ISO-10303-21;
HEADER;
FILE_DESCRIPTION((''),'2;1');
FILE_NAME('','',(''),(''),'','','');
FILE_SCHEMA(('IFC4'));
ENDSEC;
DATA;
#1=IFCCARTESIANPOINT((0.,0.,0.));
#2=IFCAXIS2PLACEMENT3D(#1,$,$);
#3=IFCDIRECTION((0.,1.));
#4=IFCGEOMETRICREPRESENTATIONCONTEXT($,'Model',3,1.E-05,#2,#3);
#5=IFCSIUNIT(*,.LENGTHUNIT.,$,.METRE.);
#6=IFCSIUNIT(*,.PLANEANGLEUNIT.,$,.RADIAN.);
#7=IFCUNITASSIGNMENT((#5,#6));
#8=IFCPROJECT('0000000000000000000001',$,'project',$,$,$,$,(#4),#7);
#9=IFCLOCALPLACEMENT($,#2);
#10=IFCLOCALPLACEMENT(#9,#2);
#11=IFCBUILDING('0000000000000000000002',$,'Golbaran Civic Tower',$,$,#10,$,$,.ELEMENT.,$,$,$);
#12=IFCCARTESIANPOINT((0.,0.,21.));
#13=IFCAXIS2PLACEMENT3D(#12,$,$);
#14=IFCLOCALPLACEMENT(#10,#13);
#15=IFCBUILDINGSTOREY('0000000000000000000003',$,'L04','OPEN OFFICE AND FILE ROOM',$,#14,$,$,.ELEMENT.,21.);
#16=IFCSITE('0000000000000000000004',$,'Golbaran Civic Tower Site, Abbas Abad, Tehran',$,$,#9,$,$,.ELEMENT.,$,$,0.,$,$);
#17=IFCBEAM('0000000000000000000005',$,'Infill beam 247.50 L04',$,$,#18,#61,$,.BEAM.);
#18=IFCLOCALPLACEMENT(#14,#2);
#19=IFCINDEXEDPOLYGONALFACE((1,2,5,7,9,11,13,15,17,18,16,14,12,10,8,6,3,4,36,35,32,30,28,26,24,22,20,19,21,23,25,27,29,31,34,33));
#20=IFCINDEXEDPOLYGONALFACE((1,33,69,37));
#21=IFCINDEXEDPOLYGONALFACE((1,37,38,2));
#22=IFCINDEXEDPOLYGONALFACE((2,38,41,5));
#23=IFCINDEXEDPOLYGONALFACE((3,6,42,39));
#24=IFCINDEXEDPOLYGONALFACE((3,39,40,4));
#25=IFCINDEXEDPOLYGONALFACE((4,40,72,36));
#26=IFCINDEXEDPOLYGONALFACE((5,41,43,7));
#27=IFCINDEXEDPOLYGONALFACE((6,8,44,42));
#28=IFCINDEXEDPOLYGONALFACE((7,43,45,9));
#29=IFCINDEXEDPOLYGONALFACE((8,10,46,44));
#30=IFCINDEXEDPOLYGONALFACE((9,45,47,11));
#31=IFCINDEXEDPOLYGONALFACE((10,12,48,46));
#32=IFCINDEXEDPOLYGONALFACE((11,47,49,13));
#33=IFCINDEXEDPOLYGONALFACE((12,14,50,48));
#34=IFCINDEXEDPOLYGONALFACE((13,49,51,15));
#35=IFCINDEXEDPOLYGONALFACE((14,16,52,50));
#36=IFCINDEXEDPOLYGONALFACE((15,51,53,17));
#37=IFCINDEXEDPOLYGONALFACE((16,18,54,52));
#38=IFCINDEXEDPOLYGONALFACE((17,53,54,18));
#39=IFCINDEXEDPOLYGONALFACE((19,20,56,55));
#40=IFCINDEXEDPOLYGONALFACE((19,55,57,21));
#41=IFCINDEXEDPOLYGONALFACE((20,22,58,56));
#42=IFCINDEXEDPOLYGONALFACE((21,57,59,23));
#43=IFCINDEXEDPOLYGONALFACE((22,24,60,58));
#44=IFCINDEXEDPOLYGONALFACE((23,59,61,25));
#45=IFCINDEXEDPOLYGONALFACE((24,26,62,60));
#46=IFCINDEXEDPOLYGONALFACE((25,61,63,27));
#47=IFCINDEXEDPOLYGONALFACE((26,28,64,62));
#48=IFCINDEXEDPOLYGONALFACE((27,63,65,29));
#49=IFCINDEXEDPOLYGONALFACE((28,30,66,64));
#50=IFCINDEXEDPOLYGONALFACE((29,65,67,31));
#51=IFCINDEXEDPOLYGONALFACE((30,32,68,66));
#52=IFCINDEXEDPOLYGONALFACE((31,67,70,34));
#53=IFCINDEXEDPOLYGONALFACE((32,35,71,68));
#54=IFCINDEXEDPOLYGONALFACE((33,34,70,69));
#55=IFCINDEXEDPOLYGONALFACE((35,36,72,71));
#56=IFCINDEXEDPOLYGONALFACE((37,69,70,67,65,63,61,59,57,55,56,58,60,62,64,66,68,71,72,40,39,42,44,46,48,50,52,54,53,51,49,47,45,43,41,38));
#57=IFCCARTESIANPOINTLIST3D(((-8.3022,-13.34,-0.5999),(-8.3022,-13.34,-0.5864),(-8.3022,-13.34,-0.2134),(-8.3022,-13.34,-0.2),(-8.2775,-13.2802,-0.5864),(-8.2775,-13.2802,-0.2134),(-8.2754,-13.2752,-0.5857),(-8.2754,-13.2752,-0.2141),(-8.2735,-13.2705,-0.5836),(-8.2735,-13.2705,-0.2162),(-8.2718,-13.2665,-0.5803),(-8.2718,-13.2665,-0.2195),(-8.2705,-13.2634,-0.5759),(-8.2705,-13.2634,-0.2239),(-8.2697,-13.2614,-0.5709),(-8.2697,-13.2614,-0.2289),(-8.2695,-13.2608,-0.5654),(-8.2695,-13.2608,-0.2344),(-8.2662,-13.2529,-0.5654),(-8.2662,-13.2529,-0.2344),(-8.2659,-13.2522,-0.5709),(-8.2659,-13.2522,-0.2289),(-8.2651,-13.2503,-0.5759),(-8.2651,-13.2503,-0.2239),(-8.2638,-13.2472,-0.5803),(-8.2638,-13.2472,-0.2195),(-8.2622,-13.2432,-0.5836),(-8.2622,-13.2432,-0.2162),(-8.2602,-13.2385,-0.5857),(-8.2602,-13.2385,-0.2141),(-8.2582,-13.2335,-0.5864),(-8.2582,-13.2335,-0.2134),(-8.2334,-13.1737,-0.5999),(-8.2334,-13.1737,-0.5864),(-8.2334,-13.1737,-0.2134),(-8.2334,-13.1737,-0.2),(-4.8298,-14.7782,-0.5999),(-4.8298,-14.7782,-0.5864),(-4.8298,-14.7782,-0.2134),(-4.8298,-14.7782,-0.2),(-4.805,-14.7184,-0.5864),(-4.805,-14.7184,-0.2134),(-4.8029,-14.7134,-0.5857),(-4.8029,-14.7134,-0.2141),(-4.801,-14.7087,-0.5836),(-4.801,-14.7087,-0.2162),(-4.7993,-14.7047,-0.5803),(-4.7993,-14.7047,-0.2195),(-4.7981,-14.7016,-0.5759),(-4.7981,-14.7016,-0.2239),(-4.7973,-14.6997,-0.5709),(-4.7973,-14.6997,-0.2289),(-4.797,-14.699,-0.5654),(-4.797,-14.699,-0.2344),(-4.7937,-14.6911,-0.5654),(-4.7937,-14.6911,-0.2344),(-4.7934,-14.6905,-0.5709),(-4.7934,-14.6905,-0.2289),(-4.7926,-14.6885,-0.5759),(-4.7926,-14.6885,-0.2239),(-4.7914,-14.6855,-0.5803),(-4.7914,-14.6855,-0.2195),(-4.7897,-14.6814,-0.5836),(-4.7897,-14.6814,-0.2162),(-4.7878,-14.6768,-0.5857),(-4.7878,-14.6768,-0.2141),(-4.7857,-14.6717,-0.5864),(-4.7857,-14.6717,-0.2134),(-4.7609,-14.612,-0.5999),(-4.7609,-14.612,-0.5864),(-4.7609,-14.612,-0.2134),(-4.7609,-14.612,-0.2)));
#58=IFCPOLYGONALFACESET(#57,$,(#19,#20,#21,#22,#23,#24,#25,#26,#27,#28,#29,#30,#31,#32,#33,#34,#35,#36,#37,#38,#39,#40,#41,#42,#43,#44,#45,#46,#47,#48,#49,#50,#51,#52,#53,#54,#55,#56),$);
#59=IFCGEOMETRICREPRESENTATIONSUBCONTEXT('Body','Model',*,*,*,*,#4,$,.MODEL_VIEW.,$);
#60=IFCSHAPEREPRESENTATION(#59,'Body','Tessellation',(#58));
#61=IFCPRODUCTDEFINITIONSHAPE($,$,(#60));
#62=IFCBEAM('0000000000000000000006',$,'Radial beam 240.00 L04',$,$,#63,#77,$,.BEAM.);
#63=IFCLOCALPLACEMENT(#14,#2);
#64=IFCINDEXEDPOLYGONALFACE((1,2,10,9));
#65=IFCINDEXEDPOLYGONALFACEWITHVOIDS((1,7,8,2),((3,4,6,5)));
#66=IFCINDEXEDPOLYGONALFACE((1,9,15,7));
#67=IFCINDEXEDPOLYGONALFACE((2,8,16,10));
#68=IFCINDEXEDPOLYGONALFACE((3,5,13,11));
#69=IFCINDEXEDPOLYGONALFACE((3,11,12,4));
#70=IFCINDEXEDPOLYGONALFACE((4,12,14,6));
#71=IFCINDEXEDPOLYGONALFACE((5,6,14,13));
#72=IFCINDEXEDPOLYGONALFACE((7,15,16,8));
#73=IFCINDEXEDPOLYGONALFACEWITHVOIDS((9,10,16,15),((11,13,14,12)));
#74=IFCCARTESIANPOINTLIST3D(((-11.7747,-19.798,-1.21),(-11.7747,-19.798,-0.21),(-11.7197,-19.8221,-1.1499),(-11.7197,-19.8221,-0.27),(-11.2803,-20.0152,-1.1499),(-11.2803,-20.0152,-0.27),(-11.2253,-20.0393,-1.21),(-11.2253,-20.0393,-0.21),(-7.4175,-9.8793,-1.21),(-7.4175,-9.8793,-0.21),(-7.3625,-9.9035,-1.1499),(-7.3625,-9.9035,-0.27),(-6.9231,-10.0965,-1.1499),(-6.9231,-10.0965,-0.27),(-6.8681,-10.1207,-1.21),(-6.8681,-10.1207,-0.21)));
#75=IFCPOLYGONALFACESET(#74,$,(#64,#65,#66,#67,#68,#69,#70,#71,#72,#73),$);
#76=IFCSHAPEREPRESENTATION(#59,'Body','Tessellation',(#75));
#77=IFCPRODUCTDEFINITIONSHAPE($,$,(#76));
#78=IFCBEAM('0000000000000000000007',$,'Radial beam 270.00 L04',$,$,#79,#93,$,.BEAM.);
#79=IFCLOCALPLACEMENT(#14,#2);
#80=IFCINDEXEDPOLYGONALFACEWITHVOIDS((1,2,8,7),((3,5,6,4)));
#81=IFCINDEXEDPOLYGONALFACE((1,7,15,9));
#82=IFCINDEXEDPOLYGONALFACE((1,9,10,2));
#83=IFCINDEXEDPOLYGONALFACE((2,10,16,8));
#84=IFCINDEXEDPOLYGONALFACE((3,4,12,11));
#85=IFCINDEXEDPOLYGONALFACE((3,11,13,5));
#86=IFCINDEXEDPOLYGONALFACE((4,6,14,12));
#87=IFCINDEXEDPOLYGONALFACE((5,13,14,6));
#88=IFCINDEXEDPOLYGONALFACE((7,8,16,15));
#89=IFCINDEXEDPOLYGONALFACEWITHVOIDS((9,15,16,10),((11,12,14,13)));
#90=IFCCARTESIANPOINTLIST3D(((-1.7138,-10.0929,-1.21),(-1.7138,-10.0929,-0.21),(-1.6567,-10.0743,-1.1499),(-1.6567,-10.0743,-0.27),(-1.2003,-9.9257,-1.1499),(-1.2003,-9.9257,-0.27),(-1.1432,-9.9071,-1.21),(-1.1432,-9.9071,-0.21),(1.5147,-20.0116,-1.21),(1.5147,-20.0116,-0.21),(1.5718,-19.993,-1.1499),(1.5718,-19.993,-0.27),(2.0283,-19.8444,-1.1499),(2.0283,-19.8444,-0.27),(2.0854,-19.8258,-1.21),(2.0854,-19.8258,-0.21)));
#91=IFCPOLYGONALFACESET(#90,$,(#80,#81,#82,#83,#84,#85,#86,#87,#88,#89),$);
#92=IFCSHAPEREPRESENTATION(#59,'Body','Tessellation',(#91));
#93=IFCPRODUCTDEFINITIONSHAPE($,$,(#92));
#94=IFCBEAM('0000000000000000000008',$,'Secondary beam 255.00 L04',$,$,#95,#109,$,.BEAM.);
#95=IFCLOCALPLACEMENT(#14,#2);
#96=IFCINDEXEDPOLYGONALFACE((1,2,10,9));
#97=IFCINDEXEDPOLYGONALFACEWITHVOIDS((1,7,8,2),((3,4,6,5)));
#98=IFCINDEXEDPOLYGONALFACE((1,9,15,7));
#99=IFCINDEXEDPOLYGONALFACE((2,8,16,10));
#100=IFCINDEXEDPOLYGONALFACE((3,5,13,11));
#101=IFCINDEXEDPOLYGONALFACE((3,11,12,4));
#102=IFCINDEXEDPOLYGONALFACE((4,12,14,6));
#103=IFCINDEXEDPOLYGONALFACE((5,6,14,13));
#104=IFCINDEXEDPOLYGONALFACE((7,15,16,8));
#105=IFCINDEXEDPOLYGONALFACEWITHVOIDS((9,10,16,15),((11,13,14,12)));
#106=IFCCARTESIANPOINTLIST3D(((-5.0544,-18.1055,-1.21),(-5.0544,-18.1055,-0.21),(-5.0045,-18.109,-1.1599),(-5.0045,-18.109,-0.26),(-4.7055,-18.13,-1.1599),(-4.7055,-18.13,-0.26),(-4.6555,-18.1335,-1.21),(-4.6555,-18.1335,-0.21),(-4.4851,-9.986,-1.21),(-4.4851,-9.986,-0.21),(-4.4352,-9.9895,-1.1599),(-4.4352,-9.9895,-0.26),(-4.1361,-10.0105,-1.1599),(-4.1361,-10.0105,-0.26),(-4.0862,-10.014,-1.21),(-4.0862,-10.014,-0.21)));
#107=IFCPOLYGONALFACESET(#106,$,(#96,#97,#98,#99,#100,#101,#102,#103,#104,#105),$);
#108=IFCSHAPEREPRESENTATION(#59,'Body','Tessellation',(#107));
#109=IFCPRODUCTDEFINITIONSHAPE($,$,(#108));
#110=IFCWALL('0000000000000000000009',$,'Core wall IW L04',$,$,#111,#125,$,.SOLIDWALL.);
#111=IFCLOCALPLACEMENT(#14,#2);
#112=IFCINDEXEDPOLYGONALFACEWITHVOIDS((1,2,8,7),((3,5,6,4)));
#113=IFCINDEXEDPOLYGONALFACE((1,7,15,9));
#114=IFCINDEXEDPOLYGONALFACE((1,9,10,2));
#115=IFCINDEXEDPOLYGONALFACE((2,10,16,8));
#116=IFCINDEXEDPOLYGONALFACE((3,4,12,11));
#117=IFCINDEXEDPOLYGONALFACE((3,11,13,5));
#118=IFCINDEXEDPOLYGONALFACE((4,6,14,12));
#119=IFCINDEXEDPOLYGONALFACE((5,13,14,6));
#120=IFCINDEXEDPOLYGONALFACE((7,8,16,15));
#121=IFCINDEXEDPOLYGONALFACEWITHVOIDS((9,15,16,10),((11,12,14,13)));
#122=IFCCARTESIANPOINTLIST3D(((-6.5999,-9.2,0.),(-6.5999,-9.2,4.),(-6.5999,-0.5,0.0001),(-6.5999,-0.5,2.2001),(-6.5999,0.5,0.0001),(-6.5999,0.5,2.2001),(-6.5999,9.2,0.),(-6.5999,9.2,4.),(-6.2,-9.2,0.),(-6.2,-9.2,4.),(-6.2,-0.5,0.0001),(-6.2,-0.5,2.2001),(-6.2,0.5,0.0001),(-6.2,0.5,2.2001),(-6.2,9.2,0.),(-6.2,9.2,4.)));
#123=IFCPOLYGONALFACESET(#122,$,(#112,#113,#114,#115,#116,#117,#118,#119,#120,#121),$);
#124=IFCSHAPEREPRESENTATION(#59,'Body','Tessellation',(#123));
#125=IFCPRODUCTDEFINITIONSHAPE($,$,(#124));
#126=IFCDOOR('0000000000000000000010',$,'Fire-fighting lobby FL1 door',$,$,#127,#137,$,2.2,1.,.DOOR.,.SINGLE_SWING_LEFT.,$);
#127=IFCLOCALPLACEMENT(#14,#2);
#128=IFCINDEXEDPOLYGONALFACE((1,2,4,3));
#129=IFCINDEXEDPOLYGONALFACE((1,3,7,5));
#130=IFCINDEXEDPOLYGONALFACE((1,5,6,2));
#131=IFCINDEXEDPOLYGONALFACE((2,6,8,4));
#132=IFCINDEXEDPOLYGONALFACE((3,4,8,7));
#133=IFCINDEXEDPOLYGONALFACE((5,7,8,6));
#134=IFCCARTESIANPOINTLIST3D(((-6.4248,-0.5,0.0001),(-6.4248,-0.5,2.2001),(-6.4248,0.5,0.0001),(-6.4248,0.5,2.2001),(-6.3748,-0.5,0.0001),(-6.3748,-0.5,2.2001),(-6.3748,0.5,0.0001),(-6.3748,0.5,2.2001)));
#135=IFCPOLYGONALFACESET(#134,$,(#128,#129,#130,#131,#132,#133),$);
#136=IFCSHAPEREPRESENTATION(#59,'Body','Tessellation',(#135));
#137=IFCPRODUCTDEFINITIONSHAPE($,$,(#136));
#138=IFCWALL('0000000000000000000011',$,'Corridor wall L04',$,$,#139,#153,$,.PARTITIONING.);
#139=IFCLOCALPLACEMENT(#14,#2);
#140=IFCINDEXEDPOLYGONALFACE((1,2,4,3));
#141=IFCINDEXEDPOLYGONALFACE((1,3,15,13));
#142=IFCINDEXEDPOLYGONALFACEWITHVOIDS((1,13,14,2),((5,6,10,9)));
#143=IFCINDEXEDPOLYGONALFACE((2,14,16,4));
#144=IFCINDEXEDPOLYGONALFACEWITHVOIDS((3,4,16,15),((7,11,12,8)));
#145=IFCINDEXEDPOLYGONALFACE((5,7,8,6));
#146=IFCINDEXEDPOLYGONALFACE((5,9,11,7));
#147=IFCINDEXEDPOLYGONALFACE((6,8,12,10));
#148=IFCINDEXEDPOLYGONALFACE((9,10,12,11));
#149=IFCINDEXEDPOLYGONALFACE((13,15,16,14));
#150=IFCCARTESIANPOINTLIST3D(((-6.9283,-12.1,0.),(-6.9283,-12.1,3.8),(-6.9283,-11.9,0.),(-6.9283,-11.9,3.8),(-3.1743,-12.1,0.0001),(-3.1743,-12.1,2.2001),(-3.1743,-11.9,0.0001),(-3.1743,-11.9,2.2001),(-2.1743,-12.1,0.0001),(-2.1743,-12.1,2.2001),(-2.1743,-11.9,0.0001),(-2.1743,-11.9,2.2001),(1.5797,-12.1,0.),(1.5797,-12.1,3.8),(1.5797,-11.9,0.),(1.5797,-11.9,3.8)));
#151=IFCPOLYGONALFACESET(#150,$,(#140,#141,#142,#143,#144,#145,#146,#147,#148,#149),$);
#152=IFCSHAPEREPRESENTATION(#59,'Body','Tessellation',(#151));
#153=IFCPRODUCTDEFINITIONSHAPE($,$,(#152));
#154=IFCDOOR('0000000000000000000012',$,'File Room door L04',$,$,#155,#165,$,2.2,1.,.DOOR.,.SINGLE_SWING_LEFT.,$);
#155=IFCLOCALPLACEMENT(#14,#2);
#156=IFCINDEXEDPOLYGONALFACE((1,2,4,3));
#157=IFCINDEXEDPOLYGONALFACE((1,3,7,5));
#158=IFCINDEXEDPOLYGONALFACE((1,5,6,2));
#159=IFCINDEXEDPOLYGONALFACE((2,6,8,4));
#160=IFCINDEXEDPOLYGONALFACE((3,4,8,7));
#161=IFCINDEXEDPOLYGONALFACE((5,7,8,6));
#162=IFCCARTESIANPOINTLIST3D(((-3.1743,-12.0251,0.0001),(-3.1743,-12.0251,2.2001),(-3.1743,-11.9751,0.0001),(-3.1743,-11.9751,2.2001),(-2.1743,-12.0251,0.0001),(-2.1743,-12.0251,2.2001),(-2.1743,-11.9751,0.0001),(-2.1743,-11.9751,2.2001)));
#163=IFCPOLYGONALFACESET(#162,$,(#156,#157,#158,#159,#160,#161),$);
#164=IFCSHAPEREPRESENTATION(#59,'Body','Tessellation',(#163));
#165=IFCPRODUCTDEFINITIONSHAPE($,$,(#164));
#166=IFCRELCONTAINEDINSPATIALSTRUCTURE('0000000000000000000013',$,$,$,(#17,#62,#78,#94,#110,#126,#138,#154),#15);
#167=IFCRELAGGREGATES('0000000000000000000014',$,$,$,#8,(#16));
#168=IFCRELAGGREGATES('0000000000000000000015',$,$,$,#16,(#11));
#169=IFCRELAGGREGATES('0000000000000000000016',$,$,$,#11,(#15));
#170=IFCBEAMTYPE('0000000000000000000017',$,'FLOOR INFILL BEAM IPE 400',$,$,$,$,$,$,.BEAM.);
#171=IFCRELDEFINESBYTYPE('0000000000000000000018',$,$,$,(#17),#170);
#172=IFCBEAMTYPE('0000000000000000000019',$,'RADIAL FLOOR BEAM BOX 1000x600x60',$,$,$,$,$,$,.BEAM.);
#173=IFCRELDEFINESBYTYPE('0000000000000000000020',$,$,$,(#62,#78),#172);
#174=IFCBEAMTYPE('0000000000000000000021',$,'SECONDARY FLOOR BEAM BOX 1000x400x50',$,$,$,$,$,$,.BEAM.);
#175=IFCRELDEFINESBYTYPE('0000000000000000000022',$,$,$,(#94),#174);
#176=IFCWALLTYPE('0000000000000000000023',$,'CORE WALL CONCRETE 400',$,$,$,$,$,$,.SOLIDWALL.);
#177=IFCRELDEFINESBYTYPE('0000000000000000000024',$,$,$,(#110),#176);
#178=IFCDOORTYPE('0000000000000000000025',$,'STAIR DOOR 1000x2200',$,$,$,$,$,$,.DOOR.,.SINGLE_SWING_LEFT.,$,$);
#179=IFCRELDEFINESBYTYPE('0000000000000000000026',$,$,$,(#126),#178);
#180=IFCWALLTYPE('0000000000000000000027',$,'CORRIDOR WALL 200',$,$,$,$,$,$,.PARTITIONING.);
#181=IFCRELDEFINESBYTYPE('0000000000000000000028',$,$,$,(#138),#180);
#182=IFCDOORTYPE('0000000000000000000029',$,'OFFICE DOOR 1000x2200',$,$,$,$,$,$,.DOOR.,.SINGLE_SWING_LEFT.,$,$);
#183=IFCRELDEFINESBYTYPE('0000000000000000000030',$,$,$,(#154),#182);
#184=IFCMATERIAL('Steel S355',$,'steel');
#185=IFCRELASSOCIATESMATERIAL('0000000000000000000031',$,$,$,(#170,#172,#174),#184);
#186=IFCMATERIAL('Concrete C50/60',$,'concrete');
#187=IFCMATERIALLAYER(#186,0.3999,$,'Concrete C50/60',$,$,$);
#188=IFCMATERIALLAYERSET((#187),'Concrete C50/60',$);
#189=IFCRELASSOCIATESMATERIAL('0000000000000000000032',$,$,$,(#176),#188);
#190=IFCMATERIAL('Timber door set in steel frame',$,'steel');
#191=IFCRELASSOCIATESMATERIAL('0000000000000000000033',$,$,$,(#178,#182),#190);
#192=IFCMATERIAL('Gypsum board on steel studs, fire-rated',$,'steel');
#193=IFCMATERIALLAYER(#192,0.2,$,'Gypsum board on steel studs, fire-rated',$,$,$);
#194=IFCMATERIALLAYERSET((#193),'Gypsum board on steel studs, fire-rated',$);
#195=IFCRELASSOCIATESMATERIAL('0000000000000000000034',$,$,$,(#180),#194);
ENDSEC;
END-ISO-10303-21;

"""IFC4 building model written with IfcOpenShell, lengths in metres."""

from ifc_helpers import new_model, si_unit, direction, frame, frame_2d, origin, origin_2d, place, context, subcontext, project, spatial, rectangle, hollow_rectangle, i_section, extrude, material, layer, layer_set, material_profile, profile_set, type_object, element, fill, save


model = new_model("IFC4")

# Units and contexts
model_context = context("Model", 3, precision=1e-05, world=origin(), true_north=direction((0.0, 1.0)))
body_context = subcontext(model_context, "Body", "Model", "MODEL_VIEW")
ifc_project = project(units=[si_unit("LENGTHUNIT", "METRE"), si_unit("PLANEANGLEUNIT", "RADIAN")], contexts=[model_context])

# Site, building, storey
site_placement = place(None, origin())
site = spatial("IfcSite", under=ifc_project, at=site_placement, Name="Golbaran Civic Tower Site, Abbas Abad, Tehran", CompositionType="ELEMENT", RefElevation=0.0)
building_placement = place(site_placement, origin())
building = spatial("IfcBuilding", under=site, at=building_placement, Name="Golbaran Civic Tower", CompositionType="ELEMENT")
storey_placement = place(building_placement, frame((0.0, 0.0, 21.0)))
storey = spatial("IfcBuildingStorey", under=building, at=storey_placement, Name="L04", Description="OPEN OFFICE AND FILE ROOM", CompositionType="ELEMENT", Elevation=21.0)

# Beams
ifc_material_1 = material(Name="Steel S355", Category="steel")
ifc_material_profile_1 = material_profile(ifc_material_1, i_section(OverallWidth=0.1799, OverallDepth=0.3999, WebThickness=0.0085, FlangeThickness=0.0134, FilletRadius=0.021, at=origin_2d()), Name="IPE 400")
ifc_profile_set_1 = profile_set([ifc_material_profile_1], Name="Steel S355")
beam_type_1 = type_object("IfcBeamType", Name="FLOOR INFILL BEAM IPE 400", PredefinedType="BEAM", material=ifc_profile_set_1)
beam_1_placement = place(storey_placement, frame((-8.2678, -13.2568, -0.3999), z_axis=(0.923888, -0.382664, 0.0), x_axis=(0.382664, 0.923888, 0.0)))
element("IfcBeam", 1, at=beam_1_placement, inside=storey, type_object=beam_type_1, Name="Infill beam 247.50 L04", PredefinedType="BEAM", context=body_context, shape_type="SweptSolid", body=[
    extrude(i_section(OverallWidth=0.1799, OverallDepth=0.3999, WebThickness=0.0085, FlangeThickness=0.0134, FilletRadius=0.021, at=origin_2d()), origin(), (0.0, 0.0, 1.0), 3.7585),
])
ifc_material_profile_2 = material_profile(ifc_material_1, hollow_rectangle(XDim=0.6001, YDim=1.0, WallThickness=0.0601, at=origin_2d()), Name="BOX 1000x600x60")
ifc_profile_set_2 = profile_set([ifc_material_profile_2], Name="Steel S355")
beam_type_2 = type_object("IfcBeamType", Name="RADIAL FLOOR BEAM BOX 1000x600x60", PredefinedType="BEAM", material=ifc_profile_set_2)
beam_2_placement = place(storey_placement, frame((-7.1428, -10.0, -0.71), z_axis=(-0.402193, -0.915555, 0.0), x_axis=(0.915555, -0.402193, 0.0)))
element("IfcBeam", 2, at=beam_2_placement, inside=storey, type_object=beam_type_2, Name="Radial beam 240.00 L04", PredefinedType="BEAM", context=body_context, shape_type="SweptSolid", body=[
    extrude(hollow_rectangle(XDim=0.6001, YDim=1.0, WallThickness=0.0601, at=origin_2d()), origin(), (0.0, 0.0, 1.0), 10.8335),
])
beam_3_placement = place(storey_placement, frame((-1.4285, -10.0, -0.71), z_axis=(0.309514, -0.950895, 0.0), x_axis=(0.950895, 0.309514, 0.0)))
element("IfcBeam", 3, at=beam_3_placement, inside=storey, type_object=beam_type_2, Name="Radial beam 270.00 L04", PredefinedType="BEAM", context=body_context, shape_type="SweptSolid", body=[
    extrude(hollow_rectangle(XDim=0.6001, YDim=1.0, WallThickness=0.0601, at=origin_2d()), origin(), (0.0, 0.0, 1.0), 10.4309),
])
ifc_material_profile_3 = material_profile(ifc_material_1, hollow_rectangle(XDim=0.3999, YDim=1.0, WallThickness=0.05, at=origin_2d()), Name="BOX 1000x400x50")
ifc_profile_set_3 = profile_set([ifc_material_profile_3], Name="Steel S355")
beam_type_3 = type_object("IfcBeamType", Name="SECONDARY FLOOR BEAM BOX 1000x400x50", PredefinedType="BEAM", material=ifc_profile_set_3)
beam_4_placement = place(storey_placement, frame((-4.2856, -10.0, -0.71), z_axis=(-0.069949, -0.997551, 0.0), x_axis=(0.997551, -0.069949, 0.0)))
element("IfcBeam", 4, at=beam_4_placement, inside=storey, type_object=beam_type_3, Name="Secondary beam 255.00 L04", PredefinedType="BEAM", context=body_context, shape_type="SweptSolid", body=[
    extrude(hollow_rectangle(XDim=0.3999, YDim=1.0, WallThickness=0.05, at=origin_2d()), origin(), (0.0, 0.0, 1.0), 8.1394),
])

# Walls, openings, doors
ifc_material_2 = material(Name="Concrete C50/60", Category="concrete")
ifc_layer_1 = layer(ifc_material_2, 0.3999, Name="Concrete C50/60")
ifc_layer_set_1 = layer_set([ifc_layer_1], Name="Concrete C50/60")
wall_type_1 = type_object("IfcWallType", Name="CORE WALL CONCRETE 400", PredefinedType="SOLIDWALL", material=ifc_layer_set_1)
wall_1_placement = place(storey_placement, frame((-6.3999, -9.2, 0.0), z_axis=(0.0, 0.0, 1.0), x_axis=(0.0, 1.0, 0.0)))
wall_1 = element("IfcWall", 5, at=wall_1_placement, inside=storey, type_object=wall_type_1, Name="Core wall IW L04", PredefinedType="SOLIDWALL", context=body_context, shape_type="SweptSolid", body=[
    extrude(rectangle(XDim=18.3999, YDim=0.3999, at=frame_2d((9.2, 0.0))), origin(), (0.0, 0.0, 1.0), 4.0),
])
opening_1_placement = place(wall_1_placement, frame((8.7, 0.0, 0.0)))
opening_1 = element("IfcOpeningElement", 6, at=opening_1_placement, cuts=wall_1, PredefinedType="OPENING", context=body_context, shape_type="SweptSolid", body=[
    extrude(rectangle(XDim=1.0, YDim=2.2, at=frame_2d((0.5, 1.1001))), frame((0.0, 0.21, 0.0), z_axis=(0.0, -1.0, 0.0), x_axis=(1.0, 0.0, 0.0)), (0.0, 0.0, 1.0), 0.4199),
])
ifc_material_3 = material(Name="Timber door set in steel frame", Category="steel")
door_type_1 = type_object("IfcDoorType", Name="STAIR DOOR 1000x2200", OperationType="SINGLE_SWING_LEFT", PredefinedType="DOOR", material=ifc_material_3)
door_1_placement = place(opening_1_placement, origin())
door_1 = element("IfcDoor", 7, at=door_1_placement, inside=storey, type_object=door_type_1, Name="Fire-fighting lobby FL1 door", OperationType="SINGLE_SWING_LEFT", OverallHeight=2.2, OverallWidth=1.0, PredefinedType="DOOR", context=body_context, shape_type="SweptSolid", body=[
    extrude(rectangle(XDim=1.0, YDim=2.2, at=frame_2d((0.5, 1.1001))), frame((0.0, 0.0249, 0.0), z_axis=(0.0, -1.0, 0.0), x_axis=(1.0, 0.0, 0.0)), (0.0, 0.0, 1.0), 0.05),
])
fill(opening_1, door_1)
ifc_material_4 = material(Name="Gypsum board on steel studs, fire-rated", Category="steel")
ifc_layer_2 = layer(ifc_material_4, 0.2, Name="Gypsum board on steel studs, fire-rated")
ifc_layer_set_2 = layer_set([ifc_layer_2], Name="Gypsum board on steel studs, fire-rated")
wall_type_2 = type_object("IfcWallType", Name="CORRIDOR WALL 200", PredefinedType="PARTITIONING", material=ifc_layer_set_2)
wall_2_placement = place(storey_placement, frame((-6.9282, -12.0, 0.0), z_axis=(0.0, 0.0, 1.0), x_axis=(1.0, 0.0, 0.0)))
wall_2 = element("IfcWall", 8, at=wall_2_placement, inside=storey, type_object=wall_type_2, Name="Corridor wall L04", PredefinedType="PARTITIONING", context=body_context, shape_type="SweptSolid", body=[
    extrude(rectangle(XDim=8.5081, YDim=0.2, at=frame_2d((4.2539, 0.0))), origin(), (0.0, 0.0, 1.0), 3.8),
])
opening_2_placement = place(wall_2_placement, frame((3.7539, 0.0, 0.0)))
opening_2 = element("IfcOpeningElement", 9, at=opening_2_placement, cuts=wall_2, PredefinedType="OPENING", context=body_context, shape_type="SweptSolid", body=[
    extrude(rectangle(XDim=1.0, YDim=2.2, at=frame_2d((0.5, 1.1001))), frame((0.0, 0.1099, 0.0), z_axis=(0.0, -1.0, 0.0), x_axis=(1.0, 0.0, 0.0)), (0.0, 0.0, 1.0), 0.22),
])
door_type_2 = type_object("IfcDoorType", Name="OFFICE DOOR 1000x2200", OperationType="SINGLE_SWING_LEFT", PredefinedType="DOOR", material=ifc_material_3)
door_2_placement = place(opening_2_placement, origin())
door_2 = element("IfcDoor", 10, at=door_2_placement, inside=storey, type_object=door_type_2, Name="File Room door L04", OperationType="SINGLE_SWING_LEFT", OverallHeight=2.2, OverallWidth=1.0, PredefinedType="DOOR", context=body_context, shape_type="SweptSolid", body=[
    extrude(rectangle(XDim=1.0, YDim=2.2, at=frame_2d((0.5, 1.1001))), frame((0.0, 0.0249, 0.0), z_axis=(0.0, -1.0, 0.0), x_axis=(1.0, 0.0, 0.0)), (0.0, 0.0, 1.0), 0.05),
])
fill(opening_2, door_2)

save(model, "model.ifc")
